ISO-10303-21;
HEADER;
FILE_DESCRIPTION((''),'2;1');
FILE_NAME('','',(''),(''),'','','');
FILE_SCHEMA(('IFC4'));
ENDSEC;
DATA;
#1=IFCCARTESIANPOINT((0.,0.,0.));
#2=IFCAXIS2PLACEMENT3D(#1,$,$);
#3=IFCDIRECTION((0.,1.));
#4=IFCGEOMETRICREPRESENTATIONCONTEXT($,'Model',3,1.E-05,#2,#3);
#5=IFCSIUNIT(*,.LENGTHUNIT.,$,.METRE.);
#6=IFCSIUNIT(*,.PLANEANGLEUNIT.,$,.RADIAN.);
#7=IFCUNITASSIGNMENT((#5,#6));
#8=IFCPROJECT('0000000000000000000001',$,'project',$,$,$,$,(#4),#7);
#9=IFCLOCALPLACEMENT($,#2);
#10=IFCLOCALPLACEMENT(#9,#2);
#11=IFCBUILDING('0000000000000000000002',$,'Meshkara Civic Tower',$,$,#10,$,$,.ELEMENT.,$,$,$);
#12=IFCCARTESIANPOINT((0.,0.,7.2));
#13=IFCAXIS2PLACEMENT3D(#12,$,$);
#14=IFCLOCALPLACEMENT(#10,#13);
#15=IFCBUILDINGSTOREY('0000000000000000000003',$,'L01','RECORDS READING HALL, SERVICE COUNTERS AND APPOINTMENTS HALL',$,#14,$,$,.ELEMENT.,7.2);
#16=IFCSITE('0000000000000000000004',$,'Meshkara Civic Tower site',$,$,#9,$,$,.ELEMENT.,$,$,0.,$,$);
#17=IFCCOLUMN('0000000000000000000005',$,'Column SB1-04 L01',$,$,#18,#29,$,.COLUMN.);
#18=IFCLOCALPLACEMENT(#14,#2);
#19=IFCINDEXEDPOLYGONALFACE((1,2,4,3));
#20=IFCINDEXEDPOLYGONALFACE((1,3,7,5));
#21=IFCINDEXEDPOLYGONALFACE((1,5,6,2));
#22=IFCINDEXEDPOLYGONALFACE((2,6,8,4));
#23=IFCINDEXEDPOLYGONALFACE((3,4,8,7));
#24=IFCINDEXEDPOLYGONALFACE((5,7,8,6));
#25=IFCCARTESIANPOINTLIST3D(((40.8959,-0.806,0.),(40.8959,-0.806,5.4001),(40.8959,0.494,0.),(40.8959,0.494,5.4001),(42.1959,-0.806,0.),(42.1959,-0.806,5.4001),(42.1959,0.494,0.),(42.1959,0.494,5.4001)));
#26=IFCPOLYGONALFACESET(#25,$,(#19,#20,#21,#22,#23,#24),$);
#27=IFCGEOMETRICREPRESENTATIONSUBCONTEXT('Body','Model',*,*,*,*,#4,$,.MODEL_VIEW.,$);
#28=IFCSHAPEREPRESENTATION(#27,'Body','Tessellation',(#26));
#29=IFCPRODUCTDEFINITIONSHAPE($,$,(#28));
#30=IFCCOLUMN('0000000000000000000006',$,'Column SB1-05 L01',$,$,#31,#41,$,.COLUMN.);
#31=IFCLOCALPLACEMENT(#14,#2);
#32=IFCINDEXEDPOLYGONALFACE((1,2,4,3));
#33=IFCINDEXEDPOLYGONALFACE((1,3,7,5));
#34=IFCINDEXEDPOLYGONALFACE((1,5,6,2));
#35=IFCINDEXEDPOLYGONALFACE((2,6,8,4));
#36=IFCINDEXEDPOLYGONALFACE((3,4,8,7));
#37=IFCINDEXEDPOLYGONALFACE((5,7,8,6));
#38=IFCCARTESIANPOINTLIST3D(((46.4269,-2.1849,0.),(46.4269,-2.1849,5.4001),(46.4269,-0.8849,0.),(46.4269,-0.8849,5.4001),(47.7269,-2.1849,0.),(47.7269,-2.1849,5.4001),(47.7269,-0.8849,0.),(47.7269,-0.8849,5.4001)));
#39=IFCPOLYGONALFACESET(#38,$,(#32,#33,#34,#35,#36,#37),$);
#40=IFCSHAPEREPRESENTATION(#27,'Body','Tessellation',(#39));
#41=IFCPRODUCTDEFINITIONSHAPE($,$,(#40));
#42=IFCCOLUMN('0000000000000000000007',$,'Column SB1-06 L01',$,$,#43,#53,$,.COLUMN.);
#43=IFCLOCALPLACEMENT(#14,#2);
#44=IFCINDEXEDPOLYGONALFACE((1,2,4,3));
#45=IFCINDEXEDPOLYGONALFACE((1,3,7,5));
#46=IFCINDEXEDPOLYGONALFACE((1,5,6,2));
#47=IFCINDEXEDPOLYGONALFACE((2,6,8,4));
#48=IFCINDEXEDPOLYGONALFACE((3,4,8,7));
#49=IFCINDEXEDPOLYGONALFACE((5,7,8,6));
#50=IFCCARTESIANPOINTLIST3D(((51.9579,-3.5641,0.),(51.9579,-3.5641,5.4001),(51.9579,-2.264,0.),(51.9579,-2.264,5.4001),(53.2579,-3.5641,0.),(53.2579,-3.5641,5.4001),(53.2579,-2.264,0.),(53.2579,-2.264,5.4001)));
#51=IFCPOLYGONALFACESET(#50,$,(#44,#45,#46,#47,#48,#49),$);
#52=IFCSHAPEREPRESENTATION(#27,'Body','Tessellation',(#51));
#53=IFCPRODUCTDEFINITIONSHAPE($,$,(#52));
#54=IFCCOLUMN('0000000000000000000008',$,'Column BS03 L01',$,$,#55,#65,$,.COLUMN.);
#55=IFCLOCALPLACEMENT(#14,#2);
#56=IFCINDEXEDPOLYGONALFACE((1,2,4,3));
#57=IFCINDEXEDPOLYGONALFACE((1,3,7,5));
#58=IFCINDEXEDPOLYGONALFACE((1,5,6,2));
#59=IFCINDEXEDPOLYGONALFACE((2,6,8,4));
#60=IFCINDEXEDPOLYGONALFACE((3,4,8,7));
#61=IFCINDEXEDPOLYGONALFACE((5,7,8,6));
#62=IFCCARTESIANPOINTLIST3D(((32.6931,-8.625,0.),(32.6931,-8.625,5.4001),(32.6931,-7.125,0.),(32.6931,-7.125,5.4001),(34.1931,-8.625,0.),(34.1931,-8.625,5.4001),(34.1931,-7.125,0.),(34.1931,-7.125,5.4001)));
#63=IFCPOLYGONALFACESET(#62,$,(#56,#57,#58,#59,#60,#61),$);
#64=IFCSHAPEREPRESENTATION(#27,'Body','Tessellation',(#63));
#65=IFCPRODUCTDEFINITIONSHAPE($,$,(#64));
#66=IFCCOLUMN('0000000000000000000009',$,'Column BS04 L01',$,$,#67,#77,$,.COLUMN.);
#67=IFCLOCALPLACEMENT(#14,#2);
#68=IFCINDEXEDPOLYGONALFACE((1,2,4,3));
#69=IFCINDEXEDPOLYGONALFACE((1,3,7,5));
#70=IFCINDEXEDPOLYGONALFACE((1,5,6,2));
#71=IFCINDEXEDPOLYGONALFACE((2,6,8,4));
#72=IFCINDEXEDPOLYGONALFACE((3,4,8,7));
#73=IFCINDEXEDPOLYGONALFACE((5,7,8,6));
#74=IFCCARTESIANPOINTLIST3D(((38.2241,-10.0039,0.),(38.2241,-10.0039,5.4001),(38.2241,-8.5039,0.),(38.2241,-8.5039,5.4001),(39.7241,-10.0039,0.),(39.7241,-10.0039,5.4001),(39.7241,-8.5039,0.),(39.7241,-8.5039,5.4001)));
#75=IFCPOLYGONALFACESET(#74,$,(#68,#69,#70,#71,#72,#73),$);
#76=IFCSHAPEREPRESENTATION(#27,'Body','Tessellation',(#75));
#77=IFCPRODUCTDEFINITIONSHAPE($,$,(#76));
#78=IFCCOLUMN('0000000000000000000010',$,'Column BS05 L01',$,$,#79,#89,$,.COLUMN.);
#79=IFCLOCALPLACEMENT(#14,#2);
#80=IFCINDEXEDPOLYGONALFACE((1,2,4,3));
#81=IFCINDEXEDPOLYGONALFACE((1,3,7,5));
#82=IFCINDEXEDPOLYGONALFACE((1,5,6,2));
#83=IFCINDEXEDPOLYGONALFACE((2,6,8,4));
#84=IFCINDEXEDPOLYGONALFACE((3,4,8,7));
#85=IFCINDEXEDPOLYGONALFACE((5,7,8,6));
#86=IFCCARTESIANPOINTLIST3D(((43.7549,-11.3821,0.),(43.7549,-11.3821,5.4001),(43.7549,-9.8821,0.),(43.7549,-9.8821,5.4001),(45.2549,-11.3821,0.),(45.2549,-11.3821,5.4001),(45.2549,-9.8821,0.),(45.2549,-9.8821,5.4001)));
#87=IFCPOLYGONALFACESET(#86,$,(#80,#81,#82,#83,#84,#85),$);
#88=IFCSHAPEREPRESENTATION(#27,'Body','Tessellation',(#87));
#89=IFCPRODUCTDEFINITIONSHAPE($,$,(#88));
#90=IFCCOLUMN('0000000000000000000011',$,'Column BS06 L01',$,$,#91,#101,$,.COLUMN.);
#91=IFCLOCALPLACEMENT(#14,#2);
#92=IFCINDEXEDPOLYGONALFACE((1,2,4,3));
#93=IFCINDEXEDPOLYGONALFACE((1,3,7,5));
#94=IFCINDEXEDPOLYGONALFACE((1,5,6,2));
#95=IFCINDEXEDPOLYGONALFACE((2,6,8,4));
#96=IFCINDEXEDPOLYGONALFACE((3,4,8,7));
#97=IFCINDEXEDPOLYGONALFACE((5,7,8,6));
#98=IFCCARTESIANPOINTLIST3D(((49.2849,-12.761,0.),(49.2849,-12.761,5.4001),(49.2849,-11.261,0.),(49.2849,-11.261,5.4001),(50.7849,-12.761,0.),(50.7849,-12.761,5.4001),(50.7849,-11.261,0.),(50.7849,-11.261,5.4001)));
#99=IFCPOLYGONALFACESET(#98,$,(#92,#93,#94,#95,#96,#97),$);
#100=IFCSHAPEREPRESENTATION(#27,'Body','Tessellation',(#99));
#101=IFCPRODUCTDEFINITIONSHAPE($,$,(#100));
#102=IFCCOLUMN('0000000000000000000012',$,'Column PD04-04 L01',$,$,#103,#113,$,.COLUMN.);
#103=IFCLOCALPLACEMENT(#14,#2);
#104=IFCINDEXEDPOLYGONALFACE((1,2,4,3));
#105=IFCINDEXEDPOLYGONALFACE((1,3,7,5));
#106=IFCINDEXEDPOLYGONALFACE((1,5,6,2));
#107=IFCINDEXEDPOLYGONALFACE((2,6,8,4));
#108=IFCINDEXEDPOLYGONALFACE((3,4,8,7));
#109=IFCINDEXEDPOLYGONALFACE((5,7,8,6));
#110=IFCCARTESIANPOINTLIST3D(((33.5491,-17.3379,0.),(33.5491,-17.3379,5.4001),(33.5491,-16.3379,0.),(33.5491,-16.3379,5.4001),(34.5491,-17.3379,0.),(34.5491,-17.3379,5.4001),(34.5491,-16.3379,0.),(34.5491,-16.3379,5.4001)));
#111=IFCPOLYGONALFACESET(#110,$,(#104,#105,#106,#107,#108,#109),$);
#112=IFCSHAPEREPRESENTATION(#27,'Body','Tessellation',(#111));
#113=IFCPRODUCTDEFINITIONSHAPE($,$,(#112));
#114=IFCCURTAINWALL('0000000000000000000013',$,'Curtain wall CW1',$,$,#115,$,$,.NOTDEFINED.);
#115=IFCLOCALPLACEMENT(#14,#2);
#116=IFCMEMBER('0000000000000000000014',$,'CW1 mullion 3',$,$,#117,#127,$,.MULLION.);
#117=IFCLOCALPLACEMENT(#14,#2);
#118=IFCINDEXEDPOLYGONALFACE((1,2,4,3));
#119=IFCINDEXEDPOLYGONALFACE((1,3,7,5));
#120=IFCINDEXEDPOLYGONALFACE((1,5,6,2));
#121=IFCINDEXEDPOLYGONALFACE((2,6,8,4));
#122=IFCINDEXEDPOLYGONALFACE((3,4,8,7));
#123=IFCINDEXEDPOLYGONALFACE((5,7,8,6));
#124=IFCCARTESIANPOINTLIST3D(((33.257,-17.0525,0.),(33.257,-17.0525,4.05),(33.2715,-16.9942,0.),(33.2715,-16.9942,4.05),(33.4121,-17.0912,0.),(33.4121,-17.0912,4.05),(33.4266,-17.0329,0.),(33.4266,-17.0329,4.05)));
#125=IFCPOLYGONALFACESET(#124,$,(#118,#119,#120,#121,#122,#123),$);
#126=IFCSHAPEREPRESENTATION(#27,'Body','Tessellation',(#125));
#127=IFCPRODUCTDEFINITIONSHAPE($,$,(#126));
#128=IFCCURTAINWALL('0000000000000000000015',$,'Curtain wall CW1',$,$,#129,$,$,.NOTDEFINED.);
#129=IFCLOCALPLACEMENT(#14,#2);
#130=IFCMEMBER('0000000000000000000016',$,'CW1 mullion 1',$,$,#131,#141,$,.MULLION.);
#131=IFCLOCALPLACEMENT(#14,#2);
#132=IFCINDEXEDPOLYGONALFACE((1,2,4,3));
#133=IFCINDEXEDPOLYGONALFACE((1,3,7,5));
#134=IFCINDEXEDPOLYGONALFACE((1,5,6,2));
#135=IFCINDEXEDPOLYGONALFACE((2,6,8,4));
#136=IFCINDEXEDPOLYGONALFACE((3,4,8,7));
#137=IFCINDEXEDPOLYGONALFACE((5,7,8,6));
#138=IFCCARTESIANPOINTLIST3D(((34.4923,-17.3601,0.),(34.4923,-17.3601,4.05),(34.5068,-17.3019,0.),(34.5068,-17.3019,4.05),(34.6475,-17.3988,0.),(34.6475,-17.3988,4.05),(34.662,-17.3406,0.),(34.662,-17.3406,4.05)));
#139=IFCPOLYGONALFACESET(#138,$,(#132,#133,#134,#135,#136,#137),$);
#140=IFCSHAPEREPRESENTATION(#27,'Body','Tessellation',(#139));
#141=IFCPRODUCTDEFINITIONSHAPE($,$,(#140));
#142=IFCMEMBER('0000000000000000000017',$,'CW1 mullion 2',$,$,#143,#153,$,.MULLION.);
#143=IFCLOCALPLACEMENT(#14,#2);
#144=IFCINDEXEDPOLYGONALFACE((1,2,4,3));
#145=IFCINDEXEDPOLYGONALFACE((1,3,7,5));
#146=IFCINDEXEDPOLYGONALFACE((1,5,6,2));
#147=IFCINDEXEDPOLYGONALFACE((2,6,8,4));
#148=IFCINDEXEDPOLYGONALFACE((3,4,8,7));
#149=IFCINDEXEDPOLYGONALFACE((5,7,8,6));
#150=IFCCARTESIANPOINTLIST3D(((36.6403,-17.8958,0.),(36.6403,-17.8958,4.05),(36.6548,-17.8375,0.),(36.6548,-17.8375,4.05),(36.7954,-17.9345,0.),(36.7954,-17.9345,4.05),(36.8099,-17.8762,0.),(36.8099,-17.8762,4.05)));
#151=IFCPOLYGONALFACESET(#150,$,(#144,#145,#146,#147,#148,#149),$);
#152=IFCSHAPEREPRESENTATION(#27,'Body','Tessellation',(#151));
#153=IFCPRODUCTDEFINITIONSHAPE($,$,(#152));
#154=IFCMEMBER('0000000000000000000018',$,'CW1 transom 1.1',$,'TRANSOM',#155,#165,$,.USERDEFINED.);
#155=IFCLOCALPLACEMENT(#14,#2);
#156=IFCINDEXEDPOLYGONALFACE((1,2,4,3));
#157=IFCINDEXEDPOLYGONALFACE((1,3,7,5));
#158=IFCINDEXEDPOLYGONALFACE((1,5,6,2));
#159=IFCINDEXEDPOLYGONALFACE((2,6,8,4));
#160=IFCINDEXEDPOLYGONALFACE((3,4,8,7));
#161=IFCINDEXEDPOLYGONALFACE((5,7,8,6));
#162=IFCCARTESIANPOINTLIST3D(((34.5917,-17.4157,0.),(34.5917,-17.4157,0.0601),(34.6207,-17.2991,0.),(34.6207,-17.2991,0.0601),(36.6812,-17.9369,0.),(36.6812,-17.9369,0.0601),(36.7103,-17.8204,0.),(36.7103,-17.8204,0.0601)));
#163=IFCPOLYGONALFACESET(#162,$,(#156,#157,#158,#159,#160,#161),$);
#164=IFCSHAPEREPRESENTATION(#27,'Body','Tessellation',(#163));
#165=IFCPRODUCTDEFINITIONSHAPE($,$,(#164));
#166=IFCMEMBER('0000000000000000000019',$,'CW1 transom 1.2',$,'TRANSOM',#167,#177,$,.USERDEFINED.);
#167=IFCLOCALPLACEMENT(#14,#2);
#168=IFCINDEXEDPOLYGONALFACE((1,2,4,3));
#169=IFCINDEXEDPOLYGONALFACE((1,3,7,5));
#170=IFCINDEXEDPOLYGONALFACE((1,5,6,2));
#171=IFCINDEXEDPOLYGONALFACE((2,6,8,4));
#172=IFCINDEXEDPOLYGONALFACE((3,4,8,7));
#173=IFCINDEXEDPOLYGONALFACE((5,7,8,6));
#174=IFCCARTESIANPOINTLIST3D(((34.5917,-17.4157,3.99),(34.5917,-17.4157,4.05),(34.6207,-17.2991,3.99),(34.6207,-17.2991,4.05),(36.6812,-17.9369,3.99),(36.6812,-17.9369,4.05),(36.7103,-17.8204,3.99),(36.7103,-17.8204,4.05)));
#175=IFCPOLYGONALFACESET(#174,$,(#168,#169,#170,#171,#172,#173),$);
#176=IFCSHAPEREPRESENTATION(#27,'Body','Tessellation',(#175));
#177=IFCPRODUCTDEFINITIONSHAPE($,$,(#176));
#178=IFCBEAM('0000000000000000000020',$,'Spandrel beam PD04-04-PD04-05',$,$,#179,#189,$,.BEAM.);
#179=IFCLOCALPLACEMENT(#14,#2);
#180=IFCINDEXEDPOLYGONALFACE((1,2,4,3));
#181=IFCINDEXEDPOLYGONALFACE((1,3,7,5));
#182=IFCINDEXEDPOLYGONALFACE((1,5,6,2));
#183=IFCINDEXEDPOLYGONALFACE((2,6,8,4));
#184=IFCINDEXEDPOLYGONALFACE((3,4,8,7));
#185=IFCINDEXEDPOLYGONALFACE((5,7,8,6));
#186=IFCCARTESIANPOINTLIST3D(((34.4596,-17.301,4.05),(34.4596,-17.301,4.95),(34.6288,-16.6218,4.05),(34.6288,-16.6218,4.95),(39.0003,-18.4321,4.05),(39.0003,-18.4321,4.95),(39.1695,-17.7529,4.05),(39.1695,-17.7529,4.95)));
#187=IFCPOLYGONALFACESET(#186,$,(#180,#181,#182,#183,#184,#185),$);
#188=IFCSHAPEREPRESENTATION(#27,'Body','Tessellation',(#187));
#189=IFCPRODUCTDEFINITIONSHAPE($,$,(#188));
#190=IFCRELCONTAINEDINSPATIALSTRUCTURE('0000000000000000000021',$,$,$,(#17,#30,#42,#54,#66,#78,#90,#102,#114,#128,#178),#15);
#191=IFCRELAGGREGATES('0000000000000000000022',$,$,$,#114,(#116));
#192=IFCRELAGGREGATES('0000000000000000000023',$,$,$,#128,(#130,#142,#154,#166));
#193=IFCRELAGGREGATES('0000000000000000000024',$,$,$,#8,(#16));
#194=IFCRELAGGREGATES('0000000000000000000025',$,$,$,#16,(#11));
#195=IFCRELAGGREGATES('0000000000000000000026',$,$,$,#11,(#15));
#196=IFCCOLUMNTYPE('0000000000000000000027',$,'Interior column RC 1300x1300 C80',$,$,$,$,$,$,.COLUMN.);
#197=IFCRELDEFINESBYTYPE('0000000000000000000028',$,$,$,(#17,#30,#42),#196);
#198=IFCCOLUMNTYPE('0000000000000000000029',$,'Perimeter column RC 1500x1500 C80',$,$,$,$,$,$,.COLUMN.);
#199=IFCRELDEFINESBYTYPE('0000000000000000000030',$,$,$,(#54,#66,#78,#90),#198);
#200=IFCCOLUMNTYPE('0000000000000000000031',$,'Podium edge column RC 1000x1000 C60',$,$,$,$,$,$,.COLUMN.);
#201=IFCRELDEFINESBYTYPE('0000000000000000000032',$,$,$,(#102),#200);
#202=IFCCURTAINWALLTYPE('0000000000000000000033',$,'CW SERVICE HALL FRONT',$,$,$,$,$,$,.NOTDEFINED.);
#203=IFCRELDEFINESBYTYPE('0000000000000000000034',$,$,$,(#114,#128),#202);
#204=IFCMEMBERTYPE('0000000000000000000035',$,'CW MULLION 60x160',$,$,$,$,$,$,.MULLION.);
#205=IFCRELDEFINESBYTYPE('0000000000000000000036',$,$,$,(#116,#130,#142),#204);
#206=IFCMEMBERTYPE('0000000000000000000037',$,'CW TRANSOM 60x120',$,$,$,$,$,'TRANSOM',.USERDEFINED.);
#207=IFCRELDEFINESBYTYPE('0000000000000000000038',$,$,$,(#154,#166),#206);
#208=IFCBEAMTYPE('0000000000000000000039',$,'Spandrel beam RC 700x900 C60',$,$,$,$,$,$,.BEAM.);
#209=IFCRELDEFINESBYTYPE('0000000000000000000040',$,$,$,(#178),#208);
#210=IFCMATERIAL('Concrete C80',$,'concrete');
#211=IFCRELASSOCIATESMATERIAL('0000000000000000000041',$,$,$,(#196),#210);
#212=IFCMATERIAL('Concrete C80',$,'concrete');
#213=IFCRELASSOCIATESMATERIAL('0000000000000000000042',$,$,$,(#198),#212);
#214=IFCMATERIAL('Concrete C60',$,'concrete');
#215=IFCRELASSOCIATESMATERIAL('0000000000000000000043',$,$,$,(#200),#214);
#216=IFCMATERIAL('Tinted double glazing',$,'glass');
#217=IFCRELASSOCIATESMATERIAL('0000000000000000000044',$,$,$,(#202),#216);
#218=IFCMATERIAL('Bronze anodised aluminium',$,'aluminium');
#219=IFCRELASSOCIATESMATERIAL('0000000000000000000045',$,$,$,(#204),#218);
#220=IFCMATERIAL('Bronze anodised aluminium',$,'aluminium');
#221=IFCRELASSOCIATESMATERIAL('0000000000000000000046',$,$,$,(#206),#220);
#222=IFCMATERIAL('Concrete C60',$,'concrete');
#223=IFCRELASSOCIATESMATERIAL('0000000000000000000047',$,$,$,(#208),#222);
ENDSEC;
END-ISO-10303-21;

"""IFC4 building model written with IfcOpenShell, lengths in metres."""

from ifc_helpers import new_model, si_unit, direction, frame, origin, origin_2d, place, context, subcontext, project, spatial, rectangle, extrude, material, material_profile, profile_set, type_object, element, aggregate, save


model = new_model("IFC4")

# Units and contexts
model_context = context("Model", 3, precision=1e-05, world=origin(), true_north=direction((0.0, 1.0)))
body_context = subcontext(model_context, "Body", "Model", "MODEL_VIEW")
ifc_project = project(units=[si_unit("LENGTHUNIT", "METRE"), si_unit("PLANEANGLEUNIT", "RADIAN")], contexts=[model_context])

# Site, building, storey
site_placement = place(None, origin())
site = spatial("IfcSite", under=ifc_project, at=site_placement, Name="Meshkara Civic Tower site", CompositionType="ELEMENT", RefElevation=0.0)
building_placement = place(site_placement, origin())
building = spatial("IfcBuilding", under=site, at=building_placement, Name="Meshkara Civic Tower", CompositionType="ELEMENT")
storey_placement = place(building_placement, frame((0.0, 0.0, 7.2)))
storey = spatial("IfcBuildingStorey", under=building, at=storey_placement, Name="L01", Description="RECORDS READING HALL, SERVICE COUNTERS AND APPOINTMENTS HALL", CompositionType="ELEMENT", Elevation=7.2)

# Columns
ifc_material_1 = material(Name="Concrete C80", Category="concrete")
ifc_material_profile_1 = material_profile(ifc_material_1, rectangle(XDim=1.3, YDim=1.3, at=origin_2d()))
ifc_profile_set_1 = profile_set([ifc_material_profile_1], Name="Concrete C80")
column_type_1 = type_object("IfcColumnType", Name="Interior column RC 1300x1300 C80", PredefinedType="COLUMN", material=ifc_profile_set_1)
for number, where, z_axis, x_axis, name in (
    (1, (41.5459, -0.156, 0.0), (0.0, 0.0, 1.0), (1.0, 0.0, 0.0), "Column SB1-04 L01"),
    (2, (47.0769, -1.5349, 0.0), (0.0, 0.0, 1.0), (1.0, 0.0, 0.0), "Column SB1-05 L01"),
    (3, (52.6079, -2.9141, 0.0), (0.0, 0.0, 1.0), (1.0, 0.0, 0.0), "Column SB1-06 L01"),
):
    element("IfcColumn", number, at=place(storey_placement, frame(where, z_axis=z_axis, x_axis=x_axis)), inside=storey, type_object=column_type_1, Name=name, PredefinedType="COLUMN", context=body_context, shape_type="SweptSolid", body=[
        extrude(rectangle(XDim=1.3, YDim=1.3, at=origin_2d()), origin(), (0.0, 0.0, 1.0), 5.4001),
    ])
ifc_material_2 = material(Name="Concrete C80", Category="concrete")
ifc_material_profile_2 = material_profile(ifc_material_2, rectangle(XDim=1.5, YDim=1.5, at=origin_2d()))
ifc_profile_set_2 = profile_set([ifc_material_profile_2], Name="Concrete C80")
column_type_2 = type_object("IfcColumnType", Name="Perimeter column RC 1500x1500 C80", PredefinedType="COLUMN", material=ifc_profile_set_2)
for number, where, z_axis, x_axis, name in (
    (4, (33.4431, -7.875, 0.0), (0.0, 0.0, 1.0), (1.0, 0.0, 0.0), "Column BS03 L01"),
    (5, (38.9741, -9.2539, 0.0), (0.0, 0.0, 1.0), (1.0, 0.0, 0.0), "Column BS04 L01"),
    (6, (44.5049, -10.6321, 0.0), (0.0, 0.0, 1.0), (1.0, 0.0, 0.0), "Column BS05 L01"),
    (7, (50.0349, -12.011, 0.0), (0.0, 0.0, 1.0), (1.0, 0.0, 0.0), "Column BS06 L01"),
):
    element("IfcColumn", number, at=place(storey_placement, frame(where, z_axis=z_axis, x_axis=x_axis)), inside=storey, type_object=column_type_2, Name=name, PredefinedType="COLUMN", context=body_context, shape_type="SweptSolid", body=[
        extrude(rectangle(XDim=1.5, YDim=1.5, at=origin_2d()), origin(), (0.0, 0.0, 1.0), 5.4001),
    ])
ifc_material_3 = material(Name="Concrete C60", Category="concrete")
ifc_material_profile_3 = material_profile(ifc_material_3, rectangle(XDim=1.0, YDim=1.0, at=origin_2d()))
ifc_profile_set_3 = profile_set([ifc_material_profile_3], Name="Concrete C60")
column_type_3 = type_object("IfcColumnType", Name="Podium edge column RC 1000x1000 C60", PredefinedType="COLUMN", material=ifc_profile_set_3)
column_placement = place(storey_placement, frame((34.0491, -16.8379, 0.0), z_axis=(0.0, 0.0, 1.0), x_axis=(1.0, 0.0, 0.0)))
element("IfcColumn", 8, at=column_placement, inside=storey, type_object=column_type_3, Name="Column PD04-04 L01", PredefinedType="COLUMN", context=body_context, shape_type="SweptSolid", body=[
    extrude(rectangle(XDim=1.0, YDim=1.0, at=origin_2d()), origin(), (0.0, 0.0, 1.0), 5.4001),
])

# Curtain wall, member
ifc_material_4 = material(Name="Tinted double glazing", Category="glass")
curtain_wall_type = type_object("IfcCurtainWallType", Name="CW SERVICE HALL FRONT", PredefinedType="NOTDEFINED", material=ifc_material_4)
curtain_wall_1_placement = place(storey_placement, origin())
curtain_wall_1 = element("IfcCurtainWall", 9, at=curtain_wall_1_placement, inside=storey, type_object=curtain_wall_type, Name="Curtain wall CW1", PredefinedType="NOTDEFINED")
ifc_material_5 = material(Name="Bronze anodised aluminium", Category="aluminium")
ifc_material_profile_4 = material_profile(ifc_material_5, rectangle(XDim=0.0601, YDim=0.1599, at=origin_2d()))
ifc_profile_set_4 = profile_set([ifc_material_profile_4], Name="Bronze anodised aluminium")
member_type_1 = type_object("IfcMemberType", Name="CW MULLION 60x160", PredefinedType="MULLION", material=ifc_profile_set_4)
member_1_placement = place(storey_placement, frame((33.3418, -17.0427, 0.0), z_axis=(0.0, 0.0, 1.0), x_axis=(0.242011, 0.970273, 0.0)))
member_1 = element("IfcMember", 10, at=member_1_placement, type_object=member_type_1, Name="CW1 mullion 3", PredefinedType="MULLION", context=body_context, shape_type="SweptSolid", body=[
    extrude(rectangle(XDim=0.0601, YDim=0.1599, at=origin_2d()), origin(), (0.0, 0.0, 1.0), 4.05),
])

# Curtain wall, members
curtain_wall_2_placement = place(storey_placement, origin())
curtain_wall_2 = element("IfcCurtainWall", 11, at=curtain_wall_2_placement, inside=storey, type_object=curtain_wall_type, Name="Curtain wall CW1", PredefinedType="NOTDEFINED")
member_2_placement = place(storey_placement, frame((34.5771, -17.3503, 0.0), z_axis=(0.0, 0.0, 1.0), x_axis=(0.242011, 0.970273, 0.0)))
member_2 = element("IfcMember", 12, at=member_2_placement, type_object=member_type_1, Name="CW1 mullion 1", PredefinedType="MULLION", context=body_context, shape_type="SweptSolid", body=[
    extrude(rectangle(XDim=0.0601, YDim=0.1599, at=origin_2d()), origin(), (0.0, 0.0, 1.0), 4.05),
])
member_3_placement = place(storey_placement, frame((36.7251, -17.886, 0.0), z_axis=(0.0, 0.0, 1.0), x_axis=(0.242011, 0.970273, 0.0)))
member_3 = element("IfcMember", 13, at=member_3_placement, type_object=member_type_1, Name="CW1 mullion 2", PredefinedType="MULLION", context=body_context, shape_type="SweptSolid", body=[
    extrude(rectangle(XDim=0.0601, YDim=0.1599, at=origin_2d()), origin(), (0.0, 0.0, 1.0), 4.05),
])
ifc_material_6 = material(Name="Bronze anodised aluminium", Category="aluminium")
ifc_material_profile_5 = material_profile(ifc_material_6, rectangle(XDim=0.1201, YDim=0.0601, at=origin_2d()))
ifc_profile_set_5 = profile_set([ifc_material_profile_5], Name="Bronze anodised aluminium")
member_type_2 = type_object("IfcMemberType", Name="CW TRANSOM 60x120", ElementType="TRANSOM", PredefinedType="USERDEFINED", material=ifc_profile_set_5)
member_4_placement = place(storey_placement, frame((34.6062, -17.3574, 0.03), z_axis=(0.970269, -0.242029, 0.0), x_axis=(0.242029, 0.970269, 0.0)))
member_4 = element("IfcMember", 14, at=member_4_placement, type_object=member_type_2, Name="CW1 transom 1.1", ObjectType="TRANSOM", PredefinedType="USERDEFINED", context=body_context, shape_type="SweptSolid", body=[
    extrude(rectangle(XDim=0.1201, YDim=0.0601, at=origin_2d()), origin(), (0.0, 0.0, 1.0), 2.1536),
])
member_5_placement = place(storey_placement, frame((34.6062, -17.3574, 4.02), z_axis=(0.970269, -0.242029, 0.0), x_axis=(0.242029, 0.970269, 0.0)))
member_5 = element("IfcMember", 15, at=member_5_placement, type_object=member_type_2, Name="CW1 transom 1.2", ObjectType="TRANSOM", PredefinedType="USERDEFINED", context=body_context, shape_type="SweptSolid", body=[
    extrude(rectangle(XDim=0.1201, YDim=0.0601, at=origin_2d()), origin(), (0.0, 0.0, 1.0), 2.1536),
])

# Beam
ifc_material_7 = material(Name="Concrete C60", Category="concrete")
ifc_material_profile_6 = material_profile(ifc_material_7, rectangle(XDim=0.7, YDim=0.8999, at=origin_2d()))
ifc_profile_set_6 = profile_set([ifc_material_profile_6], Name="Concrete C60")
beam_type = type_object("IfcBeamType", Name="Spandrel beam RC 700x900 C60", PredefinedType="BEAM", material=ifc_profile_set_6)
beam_placement = place(storey_placement, frame((34.5442, -16.9614, 4.5), z_axis=(0.970348, -0.241713, 0.0), x_axis=(0.241713, 0.970348, 0.0)))
element("IfcBeam", 16, at=beam_placement, inside=storey, type_object=beam_type, Name="Spandrel beam PD04-04-PD04-05", PredefinedType="BEAM", context=body_context, shape_type="SweptSolid", body=[
    extrude(rectangle(XDim=0.7, YDim=0.8999, at=origin_2d()), origin(), (0.0, 0.0, 1.0), 4.6794),
])

aggregate(curtain_wall_1, [member_1])
aggregate(curtain_wall_2, [member_2, member_3, member_4, member_5])

save(model, "model.ifc")
